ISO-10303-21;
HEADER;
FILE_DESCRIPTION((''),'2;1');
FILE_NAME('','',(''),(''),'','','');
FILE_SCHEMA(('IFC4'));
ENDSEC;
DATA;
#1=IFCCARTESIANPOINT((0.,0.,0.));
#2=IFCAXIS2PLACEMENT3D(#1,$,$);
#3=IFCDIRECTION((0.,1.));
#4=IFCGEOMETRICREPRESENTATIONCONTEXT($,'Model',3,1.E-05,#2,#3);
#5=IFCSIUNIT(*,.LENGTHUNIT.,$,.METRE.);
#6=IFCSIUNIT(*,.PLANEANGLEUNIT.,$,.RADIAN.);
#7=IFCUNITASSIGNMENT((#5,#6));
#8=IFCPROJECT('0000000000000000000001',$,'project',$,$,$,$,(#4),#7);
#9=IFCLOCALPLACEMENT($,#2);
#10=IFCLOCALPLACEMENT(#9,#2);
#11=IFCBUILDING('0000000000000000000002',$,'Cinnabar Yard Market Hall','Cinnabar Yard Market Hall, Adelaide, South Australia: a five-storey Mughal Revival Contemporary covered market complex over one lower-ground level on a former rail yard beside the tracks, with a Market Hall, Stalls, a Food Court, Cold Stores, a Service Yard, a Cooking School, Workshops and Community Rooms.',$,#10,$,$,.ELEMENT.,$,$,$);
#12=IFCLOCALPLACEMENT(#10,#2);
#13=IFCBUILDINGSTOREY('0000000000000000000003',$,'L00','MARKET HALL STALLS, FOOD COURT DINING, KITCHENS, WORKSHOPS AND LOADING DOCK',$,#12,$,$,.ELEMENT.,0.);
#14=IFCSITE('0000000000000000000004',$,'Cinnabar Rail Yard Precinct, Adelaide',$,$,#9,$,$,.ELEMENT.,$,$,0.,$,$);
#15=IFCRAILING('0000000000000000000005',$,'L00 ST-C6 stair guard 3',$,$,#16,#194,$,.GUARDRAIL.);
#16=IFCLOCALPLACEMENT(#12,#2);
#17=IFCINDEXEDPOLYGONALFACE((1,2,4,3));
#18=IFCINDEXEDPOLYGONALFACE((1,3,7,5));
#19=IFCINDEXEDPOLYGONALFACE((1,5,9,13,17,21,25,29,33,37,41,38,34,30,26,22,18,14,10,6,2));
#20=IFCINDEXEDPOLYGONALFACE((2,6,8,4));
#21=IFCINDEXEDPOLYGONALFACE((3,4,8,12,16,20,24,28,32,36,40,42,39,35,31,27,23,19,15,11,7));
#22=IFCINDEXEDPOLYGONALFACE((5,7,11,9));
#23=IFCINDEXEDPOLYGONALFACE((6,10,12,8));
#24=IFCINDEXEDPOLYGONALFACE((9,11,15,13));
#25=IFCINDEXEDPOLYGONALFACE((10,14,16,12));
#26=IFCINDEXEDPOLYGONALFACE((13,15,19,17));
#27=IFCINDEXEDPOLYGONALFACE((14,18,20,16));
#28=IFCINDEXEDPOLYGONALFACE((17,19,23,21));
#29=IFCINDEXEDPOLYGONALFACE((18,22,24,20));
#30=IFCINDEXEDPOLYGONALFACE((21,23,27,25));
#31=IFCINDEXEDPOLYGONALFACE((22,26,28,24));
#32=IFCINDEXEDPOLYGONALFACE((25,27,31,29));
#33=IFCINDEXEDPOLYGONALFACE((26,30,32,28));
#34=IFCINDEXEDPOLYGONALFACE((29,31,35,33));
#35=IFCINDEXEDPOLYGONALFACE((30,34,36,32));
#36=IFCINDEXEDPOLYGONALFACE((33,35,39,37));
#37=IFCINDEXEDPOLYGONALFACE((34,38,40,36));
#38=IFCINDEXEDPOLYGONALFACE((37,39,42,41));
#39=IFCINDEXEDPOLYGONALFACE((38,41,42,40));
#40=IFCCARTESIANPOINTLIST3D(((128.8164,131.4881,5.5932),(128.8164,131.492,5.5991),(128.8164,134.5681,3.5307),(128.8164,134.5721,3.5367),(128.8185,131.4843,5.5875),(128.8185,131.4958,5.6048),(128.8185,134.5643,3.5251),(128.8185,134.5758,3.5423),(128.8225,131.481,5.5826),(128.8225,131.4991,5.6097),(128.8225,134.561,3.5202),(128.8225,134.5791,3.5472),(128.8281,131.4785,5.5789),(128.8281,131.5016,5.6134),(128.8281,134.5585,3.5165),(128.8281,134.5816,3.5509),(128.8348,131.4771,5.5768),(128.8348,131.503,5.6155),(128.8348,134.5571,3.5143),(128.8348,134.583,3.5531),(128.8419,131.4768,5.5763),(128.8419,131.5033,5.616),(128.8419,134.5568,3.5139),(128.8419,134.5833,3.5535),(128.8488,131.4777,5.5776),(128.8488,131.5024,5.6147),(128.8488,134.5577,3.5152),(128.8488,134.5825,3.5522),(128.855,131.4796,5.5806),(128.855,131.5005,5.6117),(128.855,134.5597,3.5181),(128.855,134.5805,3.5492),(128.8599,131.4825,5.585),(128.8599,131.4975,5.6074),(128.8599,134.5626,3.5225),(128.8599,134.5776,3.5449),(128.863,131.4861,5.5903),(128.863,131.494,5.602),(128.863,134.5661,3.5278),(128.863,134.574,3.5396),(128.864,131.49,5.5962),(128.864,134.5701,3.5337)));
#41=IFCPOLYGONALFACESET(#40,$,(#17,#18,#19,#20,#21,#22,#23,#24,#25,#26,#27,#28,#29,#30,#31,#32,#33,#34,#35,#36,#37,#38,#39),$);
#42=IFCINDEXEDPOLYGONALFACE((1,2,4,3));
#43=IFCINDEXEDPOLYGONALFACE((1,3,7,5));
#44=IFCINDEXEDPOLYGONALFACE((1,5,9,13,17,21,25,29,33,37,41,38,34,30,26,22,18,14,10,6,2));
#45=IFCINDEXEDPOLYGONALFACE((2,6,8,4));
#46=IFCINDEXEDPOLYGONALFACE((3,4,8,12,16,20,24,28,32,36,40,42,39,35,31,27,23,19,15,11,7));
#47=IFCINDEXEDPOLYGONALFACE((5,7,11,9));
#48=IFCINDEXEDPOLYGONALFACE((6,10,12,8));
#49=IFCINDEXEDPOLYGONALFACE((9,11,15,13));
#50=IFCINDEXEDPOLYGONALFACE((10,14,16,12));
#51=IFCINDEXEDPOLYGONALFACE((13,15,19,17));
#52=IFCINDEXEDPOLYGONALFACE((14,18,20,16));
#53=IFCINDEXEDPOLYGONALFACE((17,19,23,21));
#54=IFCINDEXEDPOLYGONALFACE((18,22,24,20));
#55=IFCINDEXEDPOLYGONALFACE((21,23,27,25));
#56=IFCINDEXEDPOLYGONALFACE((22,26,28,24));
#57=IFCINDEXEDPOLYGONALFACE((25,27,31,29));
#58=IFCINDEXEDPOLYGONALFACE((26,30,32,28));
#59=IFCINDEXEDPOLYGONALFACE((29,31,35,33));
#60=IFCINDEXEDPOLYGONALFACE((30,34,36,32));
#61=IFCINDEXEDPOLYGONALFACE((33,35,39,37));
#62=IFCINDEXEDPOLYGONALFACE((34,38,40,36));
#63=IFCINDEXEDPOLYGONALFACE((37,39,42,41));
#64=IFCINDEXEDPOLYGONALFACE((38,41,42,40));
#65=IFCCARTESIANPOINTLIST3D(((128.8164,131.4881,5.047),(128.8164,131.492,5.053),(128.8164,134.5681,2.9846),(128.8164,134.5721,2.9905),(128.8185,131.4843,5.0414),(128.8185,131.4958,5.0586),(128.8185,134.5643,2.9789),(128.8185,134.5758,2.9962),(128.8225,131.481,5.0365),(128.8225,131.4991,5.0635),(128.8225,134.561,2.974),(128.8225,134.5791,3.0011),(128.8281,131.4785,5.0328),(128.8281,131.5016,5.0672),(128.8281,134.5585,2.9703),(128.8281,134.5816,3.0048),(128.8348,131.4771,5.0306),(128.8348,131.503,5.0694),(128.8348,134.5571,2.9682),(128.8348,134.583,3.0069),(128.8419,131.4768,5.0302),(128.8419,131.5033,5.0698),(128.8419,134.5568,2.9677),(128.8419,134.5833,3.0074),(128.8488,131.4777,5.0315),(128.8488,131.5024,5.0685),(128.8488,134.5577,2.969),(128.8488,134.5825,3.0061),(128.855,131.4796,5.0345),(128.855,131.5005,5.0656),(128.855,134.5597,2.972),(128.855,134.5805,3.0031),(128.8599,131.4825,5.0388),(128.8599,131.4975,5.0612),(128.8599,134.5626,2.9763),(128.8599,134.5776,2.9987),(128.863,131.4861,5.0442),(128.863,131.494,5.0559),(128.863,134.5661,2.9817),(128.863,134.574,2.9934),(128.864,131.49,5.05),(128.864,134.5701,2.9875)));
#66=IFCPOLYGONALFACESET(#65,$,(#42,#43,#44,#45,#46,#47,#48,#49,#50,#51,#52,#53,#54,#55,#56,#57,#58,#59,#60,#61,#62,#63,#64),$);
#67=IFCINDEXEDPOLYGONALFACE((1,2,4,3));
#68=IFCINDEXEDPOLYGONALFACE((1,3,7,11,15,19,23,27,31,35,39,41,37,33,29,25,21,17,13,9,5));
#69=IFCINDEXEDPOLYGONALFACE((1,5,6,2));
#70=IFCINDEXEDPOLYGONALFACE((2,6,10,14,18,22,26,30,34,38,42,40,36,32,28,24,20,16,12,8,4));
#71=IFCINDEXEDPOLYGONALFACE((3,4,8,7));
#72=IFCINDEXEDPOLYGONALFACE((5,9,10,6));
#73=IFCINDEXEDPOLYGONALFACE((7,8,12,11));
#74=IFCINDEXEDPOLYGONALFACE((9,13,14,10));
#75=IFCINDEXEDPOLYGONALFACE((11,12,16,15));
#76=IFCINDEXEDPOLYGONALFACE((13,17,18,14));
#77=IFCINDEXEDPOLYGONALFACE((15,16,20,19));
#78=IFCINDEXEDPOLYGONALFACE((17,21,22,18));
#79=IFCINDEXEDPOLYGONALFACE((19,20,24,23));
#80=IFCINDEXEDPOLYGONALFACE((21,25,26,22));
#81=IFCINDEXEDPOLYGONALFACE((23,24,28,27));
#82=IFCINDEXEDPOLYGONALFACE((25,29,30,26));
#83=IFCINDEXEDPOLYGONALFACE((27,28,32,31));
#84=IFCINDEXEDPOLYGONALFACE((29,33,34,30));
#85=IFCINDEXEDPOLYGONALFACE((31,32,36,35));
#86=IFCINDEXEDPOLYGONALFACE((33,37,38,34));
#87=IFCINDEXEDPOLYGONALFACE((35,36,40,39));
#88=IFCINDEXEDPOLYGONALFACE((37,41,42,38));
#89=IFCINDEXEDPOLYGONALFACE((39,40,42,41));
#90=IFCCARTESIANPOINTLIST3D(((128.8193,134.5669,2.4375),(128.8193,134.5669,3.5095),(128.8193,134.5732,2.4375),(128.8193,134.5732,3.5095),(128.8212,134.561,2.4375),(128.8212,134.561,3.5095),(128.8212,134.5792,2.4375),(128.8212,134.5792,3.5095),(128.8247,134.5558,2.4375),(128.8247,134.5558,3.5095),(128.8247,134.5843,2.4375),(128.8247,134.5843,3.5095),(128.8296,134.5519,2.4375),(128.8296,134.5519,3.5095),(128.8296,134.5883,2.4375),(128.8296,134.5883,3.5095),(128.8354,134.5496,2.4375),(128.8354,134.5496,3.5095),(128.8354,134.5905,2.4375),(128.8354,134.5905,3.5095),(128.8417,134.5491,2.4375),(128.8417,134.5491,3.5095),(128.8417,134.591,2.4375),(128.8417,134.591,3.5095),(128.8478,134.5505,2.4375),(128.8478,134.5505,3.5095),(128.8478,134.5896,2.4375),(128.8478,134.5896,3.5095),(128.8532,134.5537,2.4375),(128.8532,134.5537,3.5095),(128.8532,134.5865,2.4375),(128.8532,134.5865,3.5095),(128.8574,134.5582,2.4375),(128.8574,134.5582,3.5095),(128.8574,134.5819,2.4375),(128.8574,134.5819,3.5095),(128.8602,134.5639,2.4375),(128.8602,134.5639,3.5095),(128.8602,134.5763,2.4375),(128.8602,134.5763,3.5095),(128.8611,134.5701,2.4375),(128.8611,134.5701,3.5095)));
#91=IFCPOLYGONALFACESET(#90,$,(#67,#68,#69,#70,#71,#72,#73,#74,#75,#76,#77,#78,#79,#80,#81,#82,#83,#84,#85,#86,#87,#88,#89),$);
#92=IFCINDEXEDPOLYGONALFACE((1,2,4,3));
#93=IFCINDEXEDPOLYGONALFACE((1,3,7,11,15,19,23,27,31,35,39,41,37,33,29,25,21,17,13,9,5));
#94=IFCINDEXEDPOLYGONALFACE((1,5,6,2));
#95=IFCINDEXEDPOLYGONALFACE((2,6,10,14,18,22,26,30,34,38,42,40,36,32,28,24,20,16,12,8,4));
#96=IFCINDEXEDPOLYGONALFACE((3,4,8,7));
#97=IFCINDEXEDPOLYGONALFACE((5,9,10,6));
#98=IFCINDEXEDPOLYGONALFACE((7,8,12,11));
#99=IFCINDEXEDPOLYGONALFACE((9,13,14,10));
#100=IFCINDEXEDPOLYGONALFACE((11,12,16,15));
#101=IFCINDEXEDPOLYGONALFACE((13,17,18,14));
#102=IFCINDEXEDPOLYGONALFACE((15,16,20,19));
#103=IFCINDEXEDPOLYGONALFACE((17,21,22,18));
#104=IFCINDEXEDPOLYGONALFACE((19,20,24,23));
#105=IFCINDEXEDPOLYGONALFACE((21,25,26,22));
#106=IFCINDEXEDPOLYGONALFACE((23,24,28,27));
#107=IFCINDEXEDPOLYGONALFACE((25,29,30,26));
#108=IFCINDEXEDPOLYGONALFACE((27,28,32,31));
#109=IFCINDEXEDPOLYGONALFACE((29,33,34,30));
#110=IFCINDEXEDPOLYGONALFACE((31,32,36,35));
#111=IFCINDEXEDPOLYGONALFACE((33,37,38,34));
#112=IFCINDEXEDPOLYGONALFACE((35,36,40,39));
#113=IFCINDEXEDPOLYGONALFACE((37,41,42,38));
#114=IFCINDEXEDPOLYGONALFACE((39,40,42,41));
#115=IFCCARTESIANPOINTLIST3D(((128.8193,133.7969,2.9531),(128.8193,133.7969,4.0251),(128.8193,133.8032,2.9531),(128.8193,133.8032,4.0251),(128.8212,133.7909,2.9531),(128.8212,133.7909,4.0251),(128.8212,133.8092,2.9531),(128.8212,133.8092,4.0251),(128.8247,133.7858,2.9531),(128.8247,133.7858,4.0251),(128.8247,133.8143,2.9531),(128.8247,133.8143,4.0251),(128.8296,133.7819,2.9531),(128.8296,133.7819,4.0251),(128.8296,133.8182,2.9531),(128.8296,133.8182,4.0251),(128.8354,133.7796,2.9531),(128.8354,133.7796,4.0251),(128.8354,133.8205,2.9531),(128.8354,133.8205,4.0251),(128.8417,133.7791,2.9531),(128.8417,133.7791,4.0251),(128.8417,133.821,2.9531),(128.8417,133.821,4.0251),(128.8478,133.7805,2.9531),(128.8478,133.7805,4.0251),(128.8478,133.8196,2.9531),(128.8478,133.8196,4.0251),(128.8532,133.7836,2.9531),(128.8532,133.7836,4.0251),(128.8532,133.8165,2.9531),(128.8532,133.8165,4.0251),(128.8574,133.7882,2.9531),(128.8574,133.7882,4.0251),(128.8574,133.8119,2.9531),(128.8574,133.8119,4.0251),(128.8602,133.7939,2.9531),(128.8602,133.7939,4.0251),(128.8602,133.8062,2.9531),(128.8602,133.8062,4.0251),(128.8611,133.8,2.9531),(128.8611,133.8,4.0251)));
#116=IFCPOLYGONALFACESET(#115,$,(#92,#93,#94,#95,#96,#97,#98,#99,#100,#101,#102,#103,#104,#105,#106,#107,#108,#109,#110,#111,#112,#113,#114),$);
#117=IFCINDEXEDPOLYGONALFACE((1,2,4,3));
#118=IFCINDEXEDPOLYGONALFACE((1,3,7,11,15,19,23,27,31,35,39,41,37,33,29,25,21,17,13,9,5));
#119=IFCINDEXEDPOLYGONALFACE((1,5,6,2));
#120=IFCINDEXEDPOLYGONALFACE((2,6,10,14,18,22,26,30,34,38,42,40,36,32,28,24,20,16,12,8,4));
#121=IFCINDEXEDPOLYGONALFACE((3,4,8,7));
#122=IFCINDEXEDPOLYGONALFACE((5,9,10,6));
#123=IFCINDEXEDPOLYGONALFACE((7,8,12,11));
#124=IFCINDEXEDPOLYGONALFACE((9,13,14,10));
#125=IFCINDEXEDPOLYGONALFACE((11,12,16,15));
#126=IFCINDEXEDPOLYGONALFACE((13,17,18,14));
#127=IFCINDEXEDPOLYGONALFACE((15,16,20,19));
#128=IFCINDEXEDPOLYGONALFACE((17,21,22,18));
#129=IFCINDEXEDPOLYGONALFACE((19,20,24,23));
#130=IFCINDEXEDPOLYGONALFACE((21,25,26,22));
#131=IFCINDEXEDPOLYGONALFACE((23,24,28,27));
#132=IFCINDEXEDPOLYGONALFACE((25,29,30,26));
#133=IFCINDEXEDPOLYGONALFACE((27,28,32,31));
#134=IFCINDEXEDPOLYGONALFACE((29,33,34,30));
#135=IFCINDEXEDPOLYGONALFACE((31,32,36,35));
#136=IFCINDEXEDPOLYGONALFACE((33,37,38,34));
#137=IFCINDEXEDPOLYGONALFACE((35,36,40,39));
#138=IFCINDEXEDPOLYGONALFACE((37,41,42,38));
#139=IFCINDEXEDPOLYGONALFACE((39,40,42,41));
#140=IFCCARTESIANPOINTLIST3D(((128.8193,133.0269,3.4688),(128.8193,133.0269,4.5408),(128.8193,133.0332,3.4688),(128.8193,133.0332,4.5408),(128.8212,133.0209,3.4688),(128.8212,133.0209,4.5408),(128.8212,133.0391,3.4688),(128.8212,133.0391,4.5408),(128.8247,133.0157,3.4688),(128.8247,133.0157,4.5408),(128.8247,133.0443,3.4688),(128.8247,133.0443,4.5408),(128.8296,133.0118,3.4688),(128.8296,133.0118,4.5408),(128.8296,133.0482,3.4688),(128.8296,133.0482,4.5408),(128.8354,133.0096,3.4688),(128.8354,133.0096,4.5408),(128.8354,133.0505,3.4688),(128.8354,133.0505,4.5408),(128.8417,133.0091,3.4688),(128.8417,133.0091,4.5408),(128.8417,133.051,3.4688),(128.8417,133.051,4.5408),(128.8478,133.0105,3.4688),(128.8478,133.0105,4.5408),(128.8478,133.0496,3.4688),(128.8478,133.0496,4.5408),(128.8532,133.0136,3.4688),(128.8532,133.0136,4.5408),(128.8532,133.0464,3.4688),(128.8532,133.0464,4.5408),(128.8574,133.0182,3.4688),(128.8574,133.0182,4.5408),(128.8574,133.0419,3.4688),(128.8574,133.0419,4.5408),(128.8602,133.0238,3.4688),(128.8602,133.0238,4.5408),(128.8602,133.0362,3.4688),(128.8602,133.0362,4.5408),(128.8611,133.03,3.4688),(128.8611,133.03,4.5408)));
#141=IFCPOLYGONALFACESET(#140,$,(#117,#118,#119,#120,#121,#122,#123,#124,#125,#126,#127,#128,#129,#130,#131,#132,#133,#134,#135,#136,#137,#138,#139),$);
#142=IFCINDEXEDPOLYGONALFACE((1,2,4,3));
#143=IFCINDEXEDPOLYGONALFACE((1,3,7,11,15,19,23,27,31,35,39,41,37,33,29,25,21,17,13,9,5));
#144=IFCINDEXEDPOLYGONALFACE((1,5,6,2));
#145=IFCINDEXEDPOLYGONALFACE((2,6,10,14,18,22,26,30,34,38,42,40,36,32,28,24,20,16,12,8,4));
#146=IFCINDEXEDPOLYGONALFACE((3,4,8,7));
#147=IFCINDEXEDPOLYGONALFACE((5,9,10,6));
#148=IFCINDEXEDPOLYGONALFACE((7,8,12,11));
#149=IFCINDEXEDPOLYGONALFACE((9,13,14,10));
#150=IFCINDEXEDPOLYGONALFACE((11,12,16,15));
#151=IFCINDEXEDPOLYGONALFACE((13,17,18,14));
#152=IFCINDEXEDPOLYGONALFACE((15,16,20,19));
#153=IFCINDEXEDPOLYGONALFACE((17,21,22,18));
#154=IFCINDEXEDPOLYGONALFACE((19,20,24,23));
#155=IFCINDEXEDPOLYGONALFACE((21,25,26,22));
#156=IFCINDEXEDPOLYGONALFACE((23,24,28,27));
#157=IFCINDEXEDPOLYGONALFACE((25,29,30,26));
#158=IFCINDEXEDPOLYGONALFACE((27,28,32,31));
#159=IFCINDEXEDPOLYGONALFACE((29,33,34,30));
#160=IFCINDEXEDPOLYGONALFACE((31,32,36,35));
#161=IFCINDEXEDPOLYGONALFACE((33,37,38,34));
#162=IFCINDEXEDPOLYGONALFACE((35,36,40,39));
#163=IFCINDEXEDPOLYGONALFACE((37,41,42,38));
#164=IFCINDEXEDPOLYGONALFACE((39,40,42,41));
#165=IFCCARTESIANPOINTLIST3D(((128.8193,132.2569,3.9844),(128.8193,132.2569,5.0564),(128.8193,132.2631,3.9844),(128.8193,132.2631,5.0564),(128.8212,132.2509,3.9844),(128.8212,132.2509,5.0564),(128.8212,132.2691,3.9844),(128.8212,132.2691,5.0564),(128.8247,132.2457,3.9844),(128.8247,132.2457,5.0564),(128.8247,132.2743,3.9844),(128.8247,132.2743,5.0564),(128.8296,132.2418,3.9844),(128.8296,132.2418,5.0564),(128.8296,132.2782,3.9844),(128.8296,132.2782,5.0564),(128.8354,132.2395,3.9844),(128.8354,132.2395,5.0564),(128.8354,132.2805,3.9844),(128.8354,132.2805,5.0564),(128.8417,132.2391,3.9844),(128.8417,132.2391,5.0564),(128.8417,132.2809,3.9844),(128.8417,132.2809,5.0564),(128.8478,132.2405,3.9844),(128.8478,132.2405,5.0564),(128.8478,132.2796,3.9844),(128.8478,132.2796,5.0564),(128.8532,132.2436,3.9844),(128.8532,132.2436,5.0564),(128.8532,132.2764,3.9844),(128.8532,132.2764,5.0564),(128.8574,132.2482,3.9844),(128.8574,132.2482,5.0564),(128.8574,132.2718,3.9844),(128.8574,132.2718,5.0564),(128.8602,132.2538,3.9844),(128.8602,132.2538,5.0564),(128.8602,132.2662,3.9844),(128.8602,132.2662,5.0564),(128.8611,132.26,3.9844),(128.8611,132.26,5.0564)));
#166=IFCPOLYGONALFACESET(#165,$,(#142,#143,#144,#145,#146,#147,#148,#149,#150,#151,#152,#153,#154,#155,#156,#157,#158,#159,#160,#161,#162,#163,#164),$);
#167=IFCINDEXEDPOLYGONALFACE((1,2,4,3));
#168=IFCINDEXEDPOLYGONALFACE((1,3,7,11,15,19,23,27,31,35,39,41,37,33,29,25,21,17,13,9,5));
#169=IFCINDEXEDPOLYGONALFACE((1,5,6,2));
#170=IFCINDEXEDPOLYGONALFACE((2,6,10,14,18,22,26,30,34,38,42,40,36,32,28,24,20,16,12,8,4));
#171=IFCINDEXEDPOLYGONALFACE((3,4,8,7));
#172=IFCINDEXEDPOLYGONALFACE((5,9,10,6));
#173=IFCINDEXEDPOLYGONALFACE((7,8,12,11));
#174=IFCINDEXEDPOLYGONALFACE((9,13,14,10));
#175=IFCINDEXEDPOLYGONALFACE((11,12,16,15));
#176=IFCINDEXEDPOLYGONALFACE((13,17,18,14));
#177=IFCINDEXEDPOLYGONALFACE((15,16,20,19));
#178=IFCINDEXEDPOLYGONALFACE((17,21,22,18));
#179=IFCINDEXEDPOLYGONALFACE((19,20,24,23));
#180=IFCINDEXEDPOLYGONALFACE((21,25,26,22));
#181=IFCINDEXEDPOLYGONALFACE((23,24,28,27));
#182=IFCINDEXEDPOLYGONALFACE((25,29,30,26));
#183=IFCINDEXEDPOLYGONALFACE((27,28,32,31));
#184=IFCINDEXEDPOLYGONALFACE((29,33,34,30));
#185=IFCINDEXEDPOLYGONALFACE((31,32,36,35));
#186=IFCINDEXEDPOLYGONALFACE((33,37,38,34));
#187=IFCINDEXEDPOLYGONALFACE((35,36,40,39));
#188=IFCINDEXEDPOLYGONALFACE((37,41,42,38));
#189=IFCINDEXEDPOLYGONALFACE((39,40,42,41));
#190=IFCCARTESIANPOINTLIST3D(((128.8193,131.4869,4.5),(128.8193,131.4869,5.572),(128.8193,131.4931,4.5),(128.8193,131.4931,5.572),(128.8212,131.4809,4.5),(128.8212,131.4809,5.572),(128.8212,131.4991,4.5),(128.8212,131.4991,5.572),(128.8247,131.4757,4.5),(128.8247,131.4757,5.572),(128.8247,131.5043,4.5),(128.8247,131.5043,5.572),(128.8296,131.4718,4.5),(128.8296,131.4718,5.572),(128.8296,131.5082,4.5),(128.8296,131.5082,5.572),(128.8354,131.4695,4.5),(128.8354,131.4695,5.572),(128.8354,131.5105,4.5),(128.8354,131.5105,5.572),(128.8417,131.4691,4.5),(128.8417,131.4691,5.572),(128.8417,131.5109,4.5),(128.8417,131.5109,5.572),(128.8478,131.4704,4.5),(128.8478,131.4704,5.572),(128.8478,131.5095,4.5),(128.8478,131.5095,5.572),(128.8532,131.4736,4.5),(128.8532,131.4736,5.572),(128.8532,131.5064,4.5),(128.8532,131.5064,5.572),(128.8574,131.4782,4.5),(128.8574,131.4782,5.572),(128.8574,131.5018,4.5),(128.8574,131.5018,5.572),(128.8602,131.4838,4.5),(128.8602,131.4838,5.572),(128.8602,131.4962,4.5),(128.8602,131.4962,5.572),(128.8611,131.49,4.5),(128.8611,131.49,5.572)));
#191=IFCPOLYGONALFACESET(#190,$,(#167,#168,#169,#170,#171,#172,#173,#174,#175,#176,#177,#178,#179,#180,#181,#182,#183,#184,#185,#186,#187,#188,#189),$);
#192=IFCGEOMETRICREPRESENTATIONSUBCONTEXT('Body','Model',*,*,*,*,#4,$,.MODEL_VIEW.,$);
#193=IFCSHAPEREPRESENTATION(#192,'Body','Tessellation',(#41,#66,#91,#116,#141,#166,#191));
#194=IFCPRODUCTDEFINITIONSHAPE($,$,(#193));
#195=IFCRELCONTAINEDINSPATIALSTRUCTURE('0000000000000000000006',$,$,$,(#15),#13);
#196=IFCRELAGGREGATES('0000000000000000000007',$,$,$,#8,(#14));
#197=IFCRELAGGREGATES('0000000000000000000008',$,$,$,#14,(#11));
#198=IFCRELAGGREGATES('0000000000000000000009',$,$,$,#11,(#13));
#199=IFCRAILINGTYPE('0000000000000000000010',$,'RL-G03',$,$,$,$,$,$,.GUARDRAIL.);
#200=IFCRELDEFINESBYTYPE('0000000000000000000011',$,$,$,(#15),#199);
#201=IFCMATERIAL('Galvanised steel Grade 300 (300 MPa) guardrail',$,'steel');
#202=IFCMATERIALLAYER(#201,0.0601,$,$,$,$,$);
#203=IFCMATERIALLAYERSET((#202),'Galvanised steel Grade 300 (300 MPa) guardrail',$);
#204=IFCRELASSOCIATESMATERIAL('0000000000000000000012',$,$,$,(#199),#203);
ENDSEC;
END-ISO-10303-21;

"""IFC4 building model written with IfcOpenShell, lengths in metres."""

from ifc_helpers import new_model, si_unit, direction, frame, origin, origin_2d_with_axis, place, context, subcontext, project, spatial, circle, extrude, material, layer, layer_set, type_object, element, save


model = new_model("IFC4")

# Units and contexts
model_context = context("Model", 3, precision=1e-05, world=origin(), true_north=direction((0.0, 1.0)))
body_context = subcontext(model_context, "Body", "Model", "MODEL_VIEW")
ifc_project = project(units=[si_unit("LENGTHUNIT", "METRE"), si_unit("PLANEANGLEUNIT", "RADIAN")], contexts=[model_context])

# Site, building, storey
site_placement = place(None, origin())
site = spatial("IfcSite", under=ifc_project, at=site_placement, Name="Cinnabar Rail Yard Precinct, Adelaide", CompositionType="ELEMENT", RefElevation=0.0)
building_placement = place(site_placement, origin())
building = spatial("IfcBuilding", under=site, at=building_placement, Name="Cinnabar Yard Market Hall", Description="Cinnabar Yard Market Hall, Adelaide, South Australia: a five-storey Mughal Revival Contemporary covered market complex over one lower-ground level on a former rail yard beside the tracks, with a Market Hall, Stalls, a Food Court, Cold Stores, a Service Yard, a Cooking School, Workshops and Community Rooms.", CompositionType="ELEMENT")
storey_placement = place(building_placement, origin())
storey = spatial("IfcBuildingStorey", under=building, at=storey_placement, Name="L00", Description="MARKET HALL STALLS, FOOD COURT DINING, KITCHENS, WORKSHOPS AND LOADING DOCK", CompositionType="ELEMENT", Elevation=0.0)

# Railing
ifc_material_1 = material(Name="Galvanised steel Grade 300 (300 MPa) guardrail", Category="steel")
ifc_layer_1 = layer(ifc_material_1, 0.0601)
ifc_layer_set_1 = layer_set([ifc_layer_1], Name="Galvanised steel Grade 300 (300 MPa) guardrail")
railing_type_1 = type_object("IfcRailingType", Name="RL-G03", PredefinedType="GUARDRAIL", material=ifc_layer_set_1)
railing_1_placement = place(storey_placement, frame((128.8401, 134.5701, 2.4375)))
element("IfcRailing", 1, at=railing_1_placement, inside=storey, type_object=railing_type_1, Name="L00 ST-C6 stair guard 3", PredefinedType="GUARDRAIL", context=body_context, shape_type="SweptSolid", body=[
    extrude(circle(Radius=0.0239, at=origin_2d_with_axis()), frame((0.0, 0.0, 1.0962), z_axis=(0.0, -0.830914, 0.556401), x_axis=(1.0, 0.0, 0.0)), (0.0, 0.0, 1.0), 3.7068),
    extrude(circle(Radius=0.0239, at=origin_2d_with_axis()), frame((0.0, 0.0, 0.55), z_axis=(0.0, -0.830914, 0.556401), x_axis=(1.0, 0.0, 0.0)), (0.0, 0.0, 1.0), 3.7068),
    extrude(circle(Radius=0.021, at=origin_2d_with_axis()), origin(), (0.0, 0.0, 1.0), 1.072),
    extrude(circle(Radius=0.021, at=origin_2d_with_axis()), frame((0.0, -0.77, 0.5156)), (0.0, 0.0, 1.0), 1.072),
    extrude(circle(Radius=0.021, at=origin_2d_with_axis()), frame((0.0, -1.54, 1.0312)), (0.0, 0.0, 1.0), 1.072),
    extrude(circle(Radius=0.021, at=origin_2d_with_axis()), frame((0.0, -2.3101, 1.5469)), (0.0, 0.0, 1.0), 1.072),
    extrude(circle(Radius=0.021, at=origin_2d_with_axis()), frame((0.0, -3.0801, 2.0625)), (0.0, 0.0, 1.0), 1.072),
])

save(model, "model.ifc")
